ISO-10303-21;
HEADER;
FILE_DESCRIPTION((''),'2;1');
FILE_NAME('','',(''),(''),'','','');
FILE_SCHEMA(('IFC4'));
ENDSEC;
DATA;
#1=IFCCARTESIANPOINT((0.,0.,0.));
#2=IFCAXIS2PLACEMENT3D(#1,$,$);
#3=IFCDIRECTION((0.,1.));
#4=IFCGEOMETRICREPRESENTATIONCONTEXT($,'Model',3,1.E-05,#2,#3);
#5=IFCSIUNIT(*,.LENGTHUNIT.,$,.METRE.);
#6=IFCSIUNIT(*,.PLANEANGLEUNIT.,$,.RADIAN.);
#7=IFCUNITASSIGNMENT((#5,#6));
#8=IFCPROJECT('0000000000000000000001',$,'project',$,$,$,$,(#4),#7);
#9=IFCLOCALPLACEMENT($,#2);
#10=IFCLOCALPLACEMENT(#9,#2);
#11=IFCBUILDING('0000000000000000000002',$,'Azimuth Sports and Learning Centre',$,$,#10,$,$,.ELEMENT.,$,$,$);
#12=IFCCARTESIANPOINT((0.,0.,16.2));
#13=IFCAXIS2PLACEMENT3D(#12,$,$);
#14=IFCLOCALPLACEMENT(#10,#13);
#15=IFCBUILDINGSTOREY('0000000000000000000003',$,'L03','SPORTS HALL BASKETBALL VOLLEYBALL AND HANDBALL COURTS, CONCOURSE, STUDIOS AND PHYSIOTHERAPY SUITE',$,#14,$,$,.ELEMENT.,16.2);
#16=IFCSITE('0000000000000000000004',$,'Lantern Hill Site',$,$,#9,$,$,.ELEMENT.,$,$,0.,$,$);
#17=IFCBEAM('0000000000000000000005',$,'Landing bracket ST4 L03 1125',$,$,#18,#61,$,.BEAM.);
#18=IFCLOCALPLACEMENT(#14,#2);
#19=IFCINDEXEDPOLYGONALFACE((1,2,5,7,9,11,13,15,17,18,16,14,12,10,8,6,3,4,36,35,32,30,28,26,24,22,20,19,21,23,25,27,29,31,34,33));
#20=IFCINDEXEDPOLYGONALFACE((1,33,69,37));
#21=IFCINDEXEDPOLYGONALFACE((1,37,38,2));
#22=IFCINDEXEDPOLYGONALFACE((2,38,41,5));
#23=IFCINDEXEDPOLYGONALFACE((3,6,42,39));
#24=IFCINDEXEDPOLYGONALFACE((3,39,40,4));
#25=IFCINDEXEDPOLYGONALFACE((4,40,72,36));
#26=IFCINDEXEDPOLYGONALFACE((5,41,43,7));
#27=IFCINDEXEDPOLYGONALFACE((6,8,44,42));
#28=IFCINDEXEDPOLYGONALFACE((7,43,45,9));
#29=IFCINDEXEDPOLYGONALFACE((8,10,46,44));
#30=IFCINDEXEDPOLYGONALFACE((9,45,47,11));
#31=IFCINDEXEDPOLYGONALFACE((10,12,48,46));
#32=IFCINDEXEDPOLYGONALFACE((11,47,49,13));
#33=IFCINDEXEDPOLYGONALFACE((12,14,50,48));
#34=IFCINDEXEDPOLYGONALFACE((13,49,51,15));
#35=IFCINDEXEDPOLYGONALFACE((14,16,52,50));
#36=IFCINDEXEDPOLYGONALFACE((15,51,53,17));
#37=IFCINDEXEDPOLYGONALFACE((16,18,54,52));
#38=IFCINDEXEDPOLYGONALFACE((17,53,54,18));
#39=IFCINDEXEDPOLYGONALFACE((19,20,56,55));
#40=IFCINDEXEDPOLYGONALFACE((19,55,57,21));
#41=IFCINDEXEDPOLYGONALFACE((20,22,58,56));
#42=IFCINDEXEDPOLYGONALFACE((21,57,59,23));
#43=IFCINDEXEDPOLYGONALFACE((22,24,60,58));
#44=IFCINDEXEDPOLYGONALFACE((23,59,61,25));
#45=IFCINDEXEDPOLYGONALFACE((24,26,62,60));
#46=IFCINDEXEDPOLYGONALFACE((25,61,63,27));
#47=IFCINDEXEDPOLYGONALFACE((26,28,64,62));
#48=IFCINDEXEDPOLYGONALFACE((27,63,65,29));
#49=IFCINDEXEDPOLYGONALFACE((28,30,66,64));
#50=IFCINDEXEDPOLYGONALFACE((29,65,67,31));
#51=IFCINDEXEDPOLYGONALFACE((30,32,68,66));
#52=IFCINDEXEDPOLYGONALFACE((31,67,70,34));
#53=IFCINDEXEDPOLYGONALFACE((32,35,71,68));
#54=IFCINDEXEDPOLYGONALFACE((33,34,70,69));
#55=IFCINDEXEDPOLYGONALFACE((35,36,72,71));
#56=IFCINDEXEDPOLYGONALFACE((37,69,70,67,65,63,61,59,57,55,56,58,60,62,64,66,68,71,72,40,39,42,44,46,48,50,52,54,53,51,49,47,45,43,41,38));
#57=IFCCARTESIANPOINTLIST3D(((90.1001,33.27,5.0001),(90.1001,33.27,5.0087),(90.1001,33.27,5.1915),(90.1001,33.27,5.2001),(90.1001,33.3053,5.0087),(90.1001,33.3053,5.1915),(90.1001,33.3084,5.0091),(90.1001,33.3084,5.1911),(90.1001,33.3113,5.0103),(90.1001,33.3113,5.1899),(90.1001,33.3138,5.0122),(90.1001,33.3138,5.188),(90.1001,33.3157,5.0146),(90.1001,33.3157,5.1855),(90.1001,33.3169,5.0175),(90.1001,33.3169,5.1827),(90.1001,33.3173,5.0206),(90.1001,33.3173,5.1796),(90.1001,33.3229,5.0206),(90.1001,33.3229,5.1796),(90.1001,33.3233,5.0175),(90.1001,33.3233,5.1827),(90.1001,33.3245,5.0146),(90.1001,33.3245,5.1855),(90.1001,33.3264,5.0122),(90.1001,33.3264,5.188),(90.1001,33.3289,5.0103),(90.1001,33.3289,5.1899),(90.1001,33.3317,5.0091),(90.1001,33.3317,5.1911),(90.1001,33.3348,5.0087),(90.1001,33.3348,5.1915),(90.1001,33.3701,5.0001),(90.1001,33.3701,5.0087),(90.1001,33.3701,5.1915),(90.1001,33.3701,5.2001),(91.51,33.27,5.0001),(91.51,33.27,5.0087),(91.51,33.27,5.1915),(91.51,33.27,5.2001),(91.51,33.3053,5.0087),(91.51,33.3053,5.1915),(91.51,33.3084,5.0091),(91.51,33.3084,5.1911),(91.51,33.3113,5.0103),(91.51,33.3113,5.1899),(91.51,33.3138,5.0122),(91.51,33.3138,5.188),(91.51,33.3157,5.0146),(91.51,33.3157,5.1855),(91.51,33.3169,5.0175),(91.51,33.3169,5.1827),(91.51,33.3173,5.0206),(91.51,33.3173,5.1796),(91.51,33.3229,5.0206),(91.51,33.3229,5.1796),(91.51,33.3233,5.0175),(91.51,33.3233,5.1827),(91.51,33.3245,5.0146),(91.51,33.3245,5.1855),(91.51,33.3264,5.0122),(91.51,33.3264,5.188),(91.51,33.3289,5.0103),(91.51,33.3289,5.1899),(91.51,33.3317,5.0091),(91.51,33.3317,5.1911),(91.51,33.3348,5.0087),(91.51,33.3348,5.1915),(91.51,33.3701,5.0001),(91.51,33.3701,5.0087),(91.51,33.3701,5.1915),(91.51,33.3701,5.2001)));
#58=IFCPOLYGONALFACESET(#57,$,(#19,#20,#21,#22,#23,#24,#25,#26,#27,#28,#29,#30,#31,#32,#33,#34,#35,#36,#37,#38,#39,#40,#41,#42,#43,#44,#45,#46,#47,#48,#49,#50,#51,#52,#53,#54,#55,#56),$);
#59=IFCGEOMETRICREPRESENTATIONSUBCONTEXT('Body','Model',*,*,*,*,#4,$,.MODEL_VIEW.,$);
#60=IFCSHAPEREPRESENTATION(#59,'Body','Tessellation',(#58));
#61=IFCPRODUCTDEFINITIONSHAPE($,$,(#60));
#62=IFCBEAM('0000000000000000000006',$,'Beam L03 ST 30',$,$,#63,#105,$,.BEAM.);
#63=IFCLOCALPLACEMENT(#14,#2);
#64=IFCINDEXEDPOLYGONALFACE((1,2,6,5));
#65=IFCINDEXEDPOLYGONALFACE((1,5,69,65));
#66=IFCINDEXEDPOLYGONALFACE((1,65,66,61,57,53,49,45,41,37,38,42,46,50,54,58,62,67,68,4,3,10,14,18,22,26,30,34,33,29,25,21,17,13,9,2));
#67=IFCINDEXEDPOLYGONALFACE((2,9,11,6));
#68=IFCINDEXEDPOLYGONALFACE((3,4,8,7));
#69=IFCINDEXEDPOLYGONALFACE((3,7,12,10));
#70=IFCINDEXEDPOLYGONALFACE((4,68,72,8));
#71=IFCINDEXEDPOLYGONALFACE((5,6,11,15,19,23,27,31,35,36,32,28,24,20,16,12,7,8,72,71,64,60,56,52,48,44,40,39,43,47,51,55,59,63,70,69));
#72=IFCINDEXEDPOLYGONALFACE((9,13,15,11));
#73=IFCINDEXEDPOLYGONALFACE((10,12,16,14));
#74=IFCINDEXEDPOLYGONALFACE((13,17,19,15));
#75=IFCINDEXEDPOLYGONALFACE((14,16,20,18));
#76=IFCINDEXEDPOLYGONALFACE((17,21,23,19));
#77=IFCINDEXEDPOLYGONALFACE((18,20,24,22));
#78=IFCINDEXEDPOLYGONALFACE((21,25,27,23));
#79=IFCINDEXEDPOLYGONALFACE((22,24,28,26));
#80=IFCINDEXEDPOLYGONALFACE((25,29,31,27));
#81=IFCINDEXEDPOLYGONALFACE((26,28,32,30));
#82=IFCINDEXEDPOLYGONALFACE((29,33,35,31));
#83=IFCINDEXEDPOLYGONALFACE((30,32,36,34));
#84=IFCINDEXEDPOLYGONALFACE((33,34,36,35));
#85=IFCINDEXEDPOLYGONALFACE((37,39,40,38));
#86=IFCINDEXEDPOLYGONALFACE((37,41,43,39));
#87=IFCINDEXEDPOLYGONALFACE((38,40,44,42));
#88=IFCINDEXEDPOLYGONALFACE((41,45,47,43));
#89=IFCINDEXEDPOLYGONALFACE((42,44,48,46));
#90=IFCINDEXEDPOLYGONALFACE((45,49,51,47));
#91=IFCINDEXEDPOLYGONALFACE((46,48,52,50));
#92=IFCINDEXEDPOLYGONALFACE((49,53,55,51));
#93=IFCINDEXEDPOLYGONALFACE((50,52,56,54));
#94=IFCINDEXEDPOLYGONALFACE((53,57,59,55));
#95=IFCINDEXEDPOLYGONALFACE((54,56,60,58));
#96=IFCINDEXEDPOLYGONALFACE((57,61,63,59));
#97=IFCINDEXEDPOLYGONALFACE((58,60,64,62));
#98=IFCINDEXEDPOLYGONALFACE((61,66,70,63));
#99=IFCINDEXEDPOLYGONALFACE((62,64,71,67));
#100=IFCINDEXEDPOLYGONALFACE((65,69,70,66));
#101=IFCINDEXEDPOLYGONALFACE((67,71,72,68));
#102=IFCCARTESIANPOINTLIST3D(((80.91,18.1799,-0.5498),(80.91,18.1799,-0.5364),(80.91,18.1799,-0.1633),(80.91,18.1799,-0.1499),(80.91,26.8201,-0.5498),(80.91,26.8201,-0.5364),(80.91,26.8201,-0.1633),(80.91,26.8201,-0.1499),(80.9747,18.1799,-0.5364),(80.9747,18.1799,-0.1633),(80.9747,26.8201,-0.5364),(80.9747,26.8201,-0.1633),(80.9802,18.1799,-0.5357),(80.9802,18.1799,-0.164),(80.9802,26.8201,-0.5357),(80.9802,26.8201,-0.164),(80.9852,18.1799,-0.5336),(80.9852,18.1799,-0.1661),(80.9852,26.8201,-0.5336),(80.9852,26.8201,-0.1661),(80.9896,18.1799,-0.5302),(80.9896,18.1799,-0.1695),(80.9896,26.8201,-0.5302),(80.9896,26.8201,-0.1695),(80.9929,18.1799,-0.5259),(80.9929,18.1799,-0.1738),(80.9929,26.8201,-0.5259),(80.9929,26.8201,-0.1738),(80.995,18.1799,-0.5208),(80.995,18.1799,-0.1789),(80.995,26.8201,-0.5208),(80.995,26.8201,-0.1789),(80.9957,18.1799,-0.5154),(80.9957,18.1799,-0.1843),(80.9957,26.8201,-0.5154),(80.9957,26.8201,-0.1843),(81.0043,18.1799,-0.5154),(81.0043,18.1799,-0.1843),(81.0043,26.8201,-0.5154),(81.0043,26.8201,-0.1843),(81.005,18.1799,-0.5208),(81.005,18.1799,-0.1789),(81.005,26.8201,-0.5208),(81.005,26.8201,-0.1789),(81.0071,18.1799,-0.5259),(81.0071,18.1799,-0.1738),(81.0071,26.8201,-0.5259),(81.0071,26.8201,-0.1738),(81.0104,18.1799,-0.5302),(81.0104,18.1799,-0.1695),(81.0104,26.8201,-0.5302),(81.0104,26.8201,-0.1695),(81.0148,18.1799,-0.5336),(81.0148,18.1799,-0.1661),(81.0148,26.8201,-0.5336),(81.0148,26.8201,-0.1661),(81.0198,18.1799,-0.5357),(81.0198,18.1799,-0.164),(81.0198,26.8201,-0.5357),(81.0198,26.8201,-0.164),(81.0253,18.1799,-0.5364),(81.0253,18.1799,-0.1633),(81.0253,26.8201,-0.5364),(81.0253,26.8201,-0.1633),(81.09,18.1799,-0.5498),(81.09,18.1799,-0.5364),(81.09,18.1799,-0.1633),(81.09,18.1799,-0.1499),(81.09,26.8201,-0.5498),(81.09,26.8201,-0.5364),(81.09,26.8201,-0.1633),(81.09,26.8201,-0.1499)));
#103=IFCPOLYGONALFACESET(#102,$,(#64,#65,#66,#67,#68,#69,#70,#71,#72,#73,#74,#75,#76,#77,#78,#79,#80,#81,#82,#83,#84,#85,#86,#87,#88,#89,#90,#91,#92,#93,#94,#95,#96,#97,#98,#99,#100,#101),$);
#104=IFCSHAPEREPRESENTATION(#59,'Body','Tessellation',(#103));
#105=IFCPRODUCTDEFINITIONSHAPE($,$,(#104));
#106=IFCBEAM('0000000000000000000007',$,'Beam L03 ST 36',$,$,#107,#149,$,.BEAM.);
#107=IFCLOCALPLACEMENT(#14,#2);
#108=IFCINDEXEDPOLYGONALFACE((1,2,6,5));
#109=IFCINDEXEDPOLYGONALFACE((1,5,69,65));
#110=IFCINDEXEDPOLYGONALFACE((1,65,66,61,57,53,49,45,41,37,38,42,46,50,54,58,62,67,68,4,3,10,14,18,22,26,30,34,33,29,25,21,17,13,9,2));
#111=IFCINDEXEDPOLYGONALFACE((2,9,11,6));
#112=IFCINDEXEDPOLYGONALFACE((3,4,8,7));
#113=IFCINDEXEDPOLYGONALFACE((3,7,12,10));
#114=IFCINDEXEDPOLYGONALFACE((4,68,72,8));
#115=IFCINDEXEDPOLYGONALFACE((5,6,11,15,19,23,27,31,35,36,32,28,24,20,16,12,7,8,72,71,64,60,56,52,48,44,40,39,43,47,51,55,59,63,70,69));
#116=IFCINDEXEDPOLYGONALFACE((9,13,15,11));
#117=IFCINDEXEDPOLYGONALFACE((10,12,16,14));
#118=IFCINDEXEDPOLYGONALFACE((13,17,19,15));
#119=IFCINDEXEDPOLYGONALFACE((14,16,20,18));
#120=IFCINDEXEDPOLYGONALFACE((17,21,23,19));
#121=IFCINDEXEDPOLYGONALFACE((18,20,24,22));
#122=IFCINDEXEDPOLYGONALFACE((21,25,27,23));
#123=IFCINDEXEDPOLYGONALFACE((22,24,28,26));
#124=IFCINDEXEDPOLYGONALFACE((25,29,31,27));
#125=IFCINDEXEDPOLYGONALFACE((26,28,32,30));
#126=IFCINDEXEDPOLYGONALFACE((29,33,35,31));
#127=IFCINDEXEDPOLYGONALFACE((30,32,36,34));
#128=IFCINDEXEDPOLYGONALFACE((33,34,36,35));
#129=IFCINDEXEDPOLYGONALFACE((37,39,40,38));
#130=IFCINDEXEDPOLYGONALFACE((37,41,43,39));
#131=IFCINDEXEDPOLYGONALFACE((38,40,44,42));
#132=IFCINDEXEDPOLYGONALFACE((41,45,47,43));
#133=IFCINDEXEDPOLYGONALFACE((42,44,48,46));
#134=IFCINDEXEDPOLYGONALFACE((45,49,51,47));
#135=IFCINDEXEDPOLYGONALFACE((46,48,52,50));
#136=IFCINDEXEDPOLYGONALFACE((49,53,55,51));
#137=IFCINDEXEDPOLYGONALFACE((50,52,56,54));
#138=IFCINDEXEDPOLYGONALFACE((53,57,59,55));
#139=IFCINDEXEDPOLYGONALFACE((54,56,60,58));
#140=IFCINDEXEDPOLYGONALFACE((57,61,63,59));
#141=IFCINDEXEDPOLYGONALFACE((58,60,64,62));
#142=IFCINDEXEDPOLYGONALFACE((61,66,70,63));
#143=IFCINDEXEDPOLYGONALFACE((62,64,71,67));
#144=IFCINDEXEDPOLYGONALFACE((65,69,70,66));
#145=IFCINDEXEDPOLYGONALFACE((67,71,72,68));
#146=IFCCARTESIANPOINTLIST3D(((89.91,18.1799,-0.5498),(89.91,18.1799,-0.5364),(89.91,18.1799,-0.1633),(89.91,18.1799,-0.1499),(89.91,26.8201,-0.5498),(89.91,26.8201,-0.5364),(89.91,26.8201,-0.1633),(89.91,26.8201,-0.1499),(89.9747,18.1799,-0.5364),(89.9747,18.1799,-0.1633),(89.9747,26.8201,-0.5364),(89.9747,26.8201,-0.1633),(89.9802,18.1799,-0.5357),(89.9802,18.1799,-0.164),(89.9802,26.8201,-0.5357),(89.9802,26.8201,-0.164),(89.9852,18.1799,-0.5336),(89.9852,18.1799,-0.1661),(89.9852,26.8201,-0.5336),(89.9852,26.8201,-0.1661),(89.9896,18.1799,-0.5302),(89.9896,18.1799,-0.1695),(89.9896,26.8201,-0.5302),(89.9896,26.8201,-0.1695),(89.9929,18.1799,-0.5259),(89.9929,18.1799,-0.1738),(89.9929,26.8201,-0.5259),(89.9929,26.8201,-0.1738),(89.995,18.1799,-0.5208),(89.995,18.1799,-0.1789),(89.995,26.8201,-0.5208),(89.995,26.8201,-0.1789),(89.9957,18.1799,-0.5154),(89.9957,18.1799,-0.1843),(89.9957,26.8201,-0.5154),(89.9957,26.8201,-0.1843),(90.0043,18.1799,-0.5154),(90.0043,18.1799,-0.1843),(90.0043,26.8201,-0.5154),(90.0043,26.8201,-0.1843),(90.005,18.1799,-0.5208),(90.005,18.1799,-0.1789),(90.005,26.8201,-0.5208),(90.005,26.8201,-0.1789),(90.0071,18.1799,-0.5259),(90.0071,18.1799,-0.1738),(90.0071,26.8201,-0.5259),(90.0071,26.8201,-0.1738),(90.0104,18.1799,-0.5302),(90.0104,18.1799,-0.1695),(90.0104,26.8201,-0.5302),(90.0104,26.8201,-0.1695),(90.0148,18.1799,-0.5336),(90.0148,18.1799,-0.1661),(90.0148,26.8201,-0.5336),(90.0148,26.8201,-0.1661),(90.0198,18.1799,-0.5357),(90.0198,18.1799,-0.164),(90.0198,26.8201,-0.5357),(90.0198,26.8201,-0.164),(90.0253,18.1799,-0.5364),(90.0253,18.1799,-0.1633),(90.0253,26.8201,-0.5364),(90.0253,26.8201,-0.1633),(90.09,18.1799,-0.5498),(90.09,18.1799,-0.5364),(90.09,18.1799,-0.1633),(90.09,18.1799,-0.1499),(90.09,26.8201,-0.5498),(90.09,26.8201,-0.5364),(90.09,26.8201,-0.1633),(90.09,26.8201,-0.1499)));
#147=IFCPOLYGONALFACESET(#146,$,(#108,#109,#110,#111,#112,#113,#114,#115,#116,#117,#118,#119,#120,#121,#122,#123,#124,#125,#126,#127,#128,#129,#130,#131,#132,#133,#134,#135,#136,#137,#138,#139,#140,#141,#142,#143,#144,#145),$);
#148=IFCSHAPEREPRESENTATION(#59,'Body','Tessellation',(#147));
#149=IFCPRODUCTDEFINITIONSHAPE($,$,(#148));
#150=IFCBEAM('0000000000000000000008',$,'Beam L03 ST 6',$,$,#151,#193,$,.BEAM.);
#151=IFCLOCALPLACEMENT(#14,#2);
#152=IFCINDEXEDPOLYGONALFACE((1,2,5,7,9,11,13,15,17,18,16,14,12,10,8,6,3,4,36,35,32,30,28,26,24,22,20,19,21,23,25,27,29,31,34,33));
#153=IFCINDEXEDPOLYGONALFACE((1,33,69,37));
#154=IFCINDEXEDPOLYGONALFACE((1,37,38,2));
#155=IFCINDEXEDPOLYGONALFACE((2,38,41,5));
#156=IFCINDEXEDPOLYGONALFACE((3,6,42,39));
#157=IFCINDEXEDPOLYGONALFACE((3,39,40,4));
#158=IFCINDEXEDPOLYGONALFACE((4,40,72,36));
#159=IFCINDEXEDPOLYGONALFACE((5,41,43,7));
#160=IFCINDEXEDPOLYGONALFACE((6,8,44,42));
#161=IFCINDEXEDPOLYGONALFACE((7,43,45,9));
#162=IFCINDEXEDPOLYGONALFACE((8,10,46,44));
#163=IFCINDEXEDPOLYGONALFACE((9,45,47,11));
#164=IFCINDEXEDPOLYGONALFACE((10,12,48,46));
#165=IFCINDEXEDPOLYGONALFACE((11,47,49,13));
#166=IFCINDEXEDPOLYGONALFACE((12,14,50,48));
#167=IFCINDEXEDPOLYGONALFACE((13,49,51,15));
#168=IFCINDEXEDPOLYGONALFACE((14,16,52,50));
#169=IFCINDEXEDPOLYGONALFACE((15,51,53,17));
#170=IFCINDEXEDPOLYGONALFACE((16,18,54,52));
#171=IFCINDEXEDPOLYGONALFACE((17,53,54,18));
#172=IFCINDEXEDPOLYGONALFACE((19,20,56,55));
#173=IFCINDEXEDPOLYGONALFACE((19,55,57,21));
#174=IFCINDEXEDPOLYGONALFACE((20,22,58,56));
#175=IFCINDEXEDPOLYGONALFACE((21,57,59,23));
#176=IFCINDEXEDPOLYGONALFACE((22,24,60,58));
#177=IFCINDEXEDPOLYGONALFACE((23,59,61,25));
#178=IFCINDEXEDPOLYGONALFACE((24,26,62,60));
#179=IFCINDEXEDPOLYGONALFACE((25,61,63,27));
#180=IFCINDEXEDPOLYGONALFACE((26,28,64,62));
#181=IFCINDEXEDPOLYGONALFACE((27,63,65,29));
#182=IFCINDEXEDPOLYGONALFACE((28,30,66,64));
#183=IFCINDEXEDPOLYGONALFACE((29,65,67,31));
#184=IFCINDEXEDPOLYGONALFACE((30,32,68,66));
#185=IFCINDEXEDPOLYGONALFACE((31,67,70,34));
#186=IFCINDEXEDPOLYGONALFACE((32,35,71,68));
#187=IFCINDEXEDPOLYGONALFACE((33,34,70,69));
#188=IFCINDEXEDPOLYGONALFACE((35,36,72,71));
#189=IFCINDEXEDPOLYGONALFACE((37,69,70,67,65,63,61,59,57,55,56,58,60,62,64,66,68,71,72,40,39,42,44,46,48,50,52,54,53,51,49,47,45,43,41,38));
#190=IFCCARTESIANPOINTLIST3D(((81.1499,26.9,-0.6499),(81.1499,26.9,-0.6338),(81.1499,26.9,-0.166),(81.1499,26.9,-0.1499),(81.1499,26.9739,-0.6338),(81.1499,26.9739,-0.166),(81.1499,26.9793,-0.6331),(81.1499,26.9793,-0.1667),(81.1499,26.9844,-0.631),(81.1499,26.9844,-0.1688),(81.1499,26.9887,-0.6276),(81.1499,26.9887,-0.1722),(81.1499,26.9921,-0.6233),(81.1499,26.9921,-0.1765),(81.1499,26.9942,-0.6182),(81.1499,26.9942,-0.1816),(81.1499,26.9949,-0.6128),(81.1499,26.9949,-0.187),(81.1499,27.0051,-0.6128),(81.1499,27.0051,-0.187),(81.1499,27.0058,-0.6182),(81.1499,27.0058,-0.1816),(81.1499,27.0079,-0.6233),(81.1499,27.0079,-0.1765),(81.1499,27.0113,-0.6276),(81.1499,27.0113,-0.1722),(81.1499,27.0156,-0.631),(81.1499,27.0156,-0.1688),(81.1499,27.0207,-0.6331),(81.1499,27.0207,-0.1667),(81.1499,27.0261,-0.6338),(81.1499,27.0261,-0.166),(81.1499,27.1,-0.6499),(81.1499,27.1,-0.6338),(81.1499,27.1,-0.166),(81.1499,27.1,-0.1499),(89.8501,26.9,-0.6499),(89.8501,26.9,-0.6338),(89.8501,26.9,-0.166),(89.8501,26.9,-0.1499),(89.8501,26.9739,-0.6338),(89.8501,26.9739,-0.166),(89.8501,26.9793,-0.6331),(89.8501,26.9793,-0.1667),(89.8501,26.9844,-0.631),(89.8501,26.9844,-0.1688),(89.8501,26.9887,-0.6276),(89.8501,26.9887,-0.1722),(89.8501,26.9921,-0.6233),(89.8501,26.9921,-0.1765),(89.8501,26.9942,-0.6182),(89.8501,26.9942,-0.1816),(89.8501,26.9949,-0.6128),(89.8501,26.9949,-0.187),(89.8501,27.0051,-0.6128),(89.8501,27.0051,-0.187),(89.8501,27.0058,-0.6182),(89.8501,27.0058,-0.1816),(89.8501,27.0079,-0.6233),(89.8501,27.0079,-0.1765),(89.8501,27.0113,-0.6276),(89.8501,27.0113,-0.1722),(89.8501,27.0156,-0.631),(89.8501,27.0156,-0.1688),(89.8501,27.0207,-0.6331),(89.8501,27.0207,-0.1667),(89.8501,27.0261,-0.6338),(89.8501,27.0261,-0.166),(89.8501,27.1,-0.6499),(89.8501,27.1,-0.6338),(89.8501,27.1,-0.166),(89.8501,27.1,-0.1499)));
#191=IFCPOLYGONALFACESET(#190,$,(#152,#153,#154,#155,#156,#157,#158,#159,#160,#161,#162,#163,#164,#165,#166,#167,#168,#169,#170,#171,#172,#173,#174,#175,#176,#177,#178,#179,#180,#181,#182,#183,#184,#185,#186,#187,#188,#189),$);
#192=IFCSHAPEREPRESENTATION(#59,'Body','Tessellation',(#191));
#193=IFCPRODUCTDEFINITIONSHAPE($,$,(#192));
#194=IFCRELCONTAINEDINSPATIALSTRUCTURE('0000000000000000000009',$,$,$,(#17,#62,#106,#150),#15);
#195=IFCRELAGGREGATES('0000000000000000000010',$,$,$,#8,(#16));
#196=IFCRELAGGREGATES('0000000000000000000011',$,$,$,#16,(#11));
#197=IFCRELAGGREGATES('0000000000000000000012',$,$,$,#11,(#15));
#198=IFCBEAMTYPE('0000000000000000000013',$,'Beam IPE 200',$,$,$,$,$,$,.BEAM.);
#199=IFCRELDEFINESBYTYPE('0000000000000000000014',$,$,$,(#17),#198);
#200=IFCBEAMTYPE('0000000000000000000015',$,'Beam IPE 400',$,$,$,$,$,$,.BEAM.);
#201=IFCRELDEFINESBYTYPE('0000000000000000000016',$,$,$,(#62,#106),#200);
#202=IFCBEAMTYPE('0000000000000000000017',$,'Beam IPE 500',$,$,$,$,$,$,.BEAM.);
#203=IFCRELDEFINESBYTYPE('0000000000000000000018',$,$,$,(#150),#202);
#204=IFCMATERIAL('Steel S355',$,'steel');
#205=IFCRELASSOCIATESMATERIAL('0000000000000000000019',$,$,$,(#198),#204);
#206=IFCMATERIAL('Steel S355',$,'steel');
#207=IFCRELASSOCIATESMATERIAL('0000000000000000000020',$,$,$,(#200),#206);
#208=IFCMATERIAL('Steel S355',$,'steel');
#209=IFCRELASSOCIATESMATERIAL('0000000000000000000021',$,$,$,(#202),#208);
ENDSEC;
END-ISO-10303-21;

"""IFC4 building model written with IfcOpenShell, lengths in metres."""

from ifc_helpers import new_model, si_unit, direction, frame, origin, origin_2d, place, context, subcontext, project, spatial, i_section, extrude, material, material_profile, profile_set, type_object, element, save


model = new_model("IFC4")

# Units and contexts
model_context = context("Model", 3, precision=1e-05, world=origin(), true_north=direction((0.0, 1.0)))
body_context = subcontext(model_context, "Body", "Model", "MODEL_VIEW")
ifc_project = project(units=[si_unit("LENGTHUNIT", "METRE"), si_unit("PLANEANGLEUNIT", "RADIAN")], contexts=[model_context])

# Site, building, storey
site_placement = place(None, origin())
site = spatial("IfcSite", under=ifc_project, at=site_placement, Name="Lantern Hill Site", CompositionType="ELEMENT", RefElevation=0.0)
building_placement = place(site_placement, origin())
building = spatial("IfcBuilding", under=site, at=building_placement, Name="Azimuth Sports and Learning Centre", CompositionType="ELEMENT")
storey_placement = place(building_placement, frame((0.0, 0.0, 16.2)))
storey = spatial("IfcBuildingStorey", under=building, at=storey_placement, Name="L03", Description="SPORTS HALL BASKETBALL VOLLEYBALL AND HANDBALL COURTS, CONCOURSE, STUDIOS AND PHYSIOTHERAPY SUITE", CompositionType="ELEMENT", Elevation=16.2)

# Beams
ifc_material_1 = material(Name="Steel S355", Category="steel")
ifc_material_profile_1 = material_profile(ifc_material_1, i_section(OverallWidth=0.1001, OverallDepth=0.2, WebThickness=0.0056, FlangeThickness=0.0085, FilletRadius=0.012, at=origin_2d()), Name="IPE 200")
ifc_profile_set_1 = profile_set([ifc_material_profile_1], Name="Steel S355")
beam_type_1 = type_object("IfcBeamType", Name="Beam IPE 200", PredefinedType="BEAM", material=ifc_profile_set_1)
for number, where, z_axis, x_axis, name in (
    (1, (90.1001, 33.3201, 5.1001), (1.0, 0.0, 0.0), (0.0, 1.0, 0.0), "Landing bracket ST4 L03 1125"),
):
    element("IfcBeam", number, at=place(storey_placement, frame(where, z_axis=z_axis, x_axis=x_axis)), inside=storey, type_object=beam_type_1, Name=name, PredefinedType="BEAM", context=body_context, shape_type="SweptSolid", body=[
        extrude(i_section(OverallWidth=0.1001, OverallDepth=0.2, WebThickness=0.0056, FlangeThickness=0.0085, FilletRadius=0.012, at=origin_2d()), origin(), (0.0, 0.0, 1.0), 1.4099),
    ])
ifc_material_2 = material(Name="Steel S355", Category="steel")
ifc_material_profile_2 = material_profile(ifc_material_2, i_section(OverallWidth=0.1799, OverallDepth=0.3999, WebThickness=0.0085, FlangeThickness=0.0134, FilletRadius=0.021, at=origin_2d()), Name="IPE 400")
ifc_profile_set_2 = profile_set([ifc_material_profile_2], Name="Steel S355")
beam_type_2 = type_object("IfcBeamType", Name="Beam IPE 400", PredefinedType="BEAM", material=ifc_profile_set_2)
for number, where, z_axis, x_axis, name in (
    (2, (81.0, 18.1799, -0.3499), (0.0, 1.0, 0.0), (-1.0, 0.0, 0.0), "Beam L03 ST 30"),
    (3, (90.0, 18.1799, -0.3499), (0.0, 1.0, 0.0), (-1.0, 0.0, 0.0), "Beam L03 ST 36"),
):
    element("IfcBeam", number, at=place(storey_placement, frame(where, z_axis=z_axis, x_axis=x_axis)), inside=storey, type_object=beam_type_2, Name=name, PredefinedType="BEAM", context=body_context, shape_type="SweptSolid", body=[
        extrude(i_section(OverallWidth=0.1799, OverallDepth=0.3999, WebThickness=0.0085, FlangeThickness=0.0134, FilletRadius=0.021, at=origin_2d()), origin(), (0.0, 0.0, 1.0), 8.6401),
    ])
ifc_material_3 = material(Name="Steel S355", Category="steel")
ifc_material_profile_3 = material_profile(ifc_material_3, i_section(OverallWidth=0.2, OverallDepth=0.5, WebThickness=0.0103, FlangeThickness=0.0161, FilletRadius=0.021, at=origin_2d()), Name="IPE 500")
ifc_profile_set_3 = profile_set([ifc_material_profile_3], Name="Steel S355")
beam_type_3 = type_object("IfcBeamType", Name="Beam IPE 500", PredefinedType="BEAM", material=ifc_profile_set_3)
beam_placement = place(storey_placement, frame((81.1499, 27.0, -0.3999), z_axis=(1.0, 0.0, 0.0), x_axis=(0.0, 1.0, 0.0)))
element("IfcBeam", 4, at=beam_placement, inside=storey, type_object=beam_type_3, Name="Beam L03 ST 6", PredefinedType="BEAM", context=body_context, shape_type="SweptSolid", body=[
    extrude(i_section(OverallWidth=0.2, OverallDepth=0.5, WebThickness=0.0103, FlangeThickness=0.0161, FilletRadius=0.021, at=origin_2d()), origin(), (0.0, 0.0, 1.0), 8.7002),
])

save(model, "model.ifc")
